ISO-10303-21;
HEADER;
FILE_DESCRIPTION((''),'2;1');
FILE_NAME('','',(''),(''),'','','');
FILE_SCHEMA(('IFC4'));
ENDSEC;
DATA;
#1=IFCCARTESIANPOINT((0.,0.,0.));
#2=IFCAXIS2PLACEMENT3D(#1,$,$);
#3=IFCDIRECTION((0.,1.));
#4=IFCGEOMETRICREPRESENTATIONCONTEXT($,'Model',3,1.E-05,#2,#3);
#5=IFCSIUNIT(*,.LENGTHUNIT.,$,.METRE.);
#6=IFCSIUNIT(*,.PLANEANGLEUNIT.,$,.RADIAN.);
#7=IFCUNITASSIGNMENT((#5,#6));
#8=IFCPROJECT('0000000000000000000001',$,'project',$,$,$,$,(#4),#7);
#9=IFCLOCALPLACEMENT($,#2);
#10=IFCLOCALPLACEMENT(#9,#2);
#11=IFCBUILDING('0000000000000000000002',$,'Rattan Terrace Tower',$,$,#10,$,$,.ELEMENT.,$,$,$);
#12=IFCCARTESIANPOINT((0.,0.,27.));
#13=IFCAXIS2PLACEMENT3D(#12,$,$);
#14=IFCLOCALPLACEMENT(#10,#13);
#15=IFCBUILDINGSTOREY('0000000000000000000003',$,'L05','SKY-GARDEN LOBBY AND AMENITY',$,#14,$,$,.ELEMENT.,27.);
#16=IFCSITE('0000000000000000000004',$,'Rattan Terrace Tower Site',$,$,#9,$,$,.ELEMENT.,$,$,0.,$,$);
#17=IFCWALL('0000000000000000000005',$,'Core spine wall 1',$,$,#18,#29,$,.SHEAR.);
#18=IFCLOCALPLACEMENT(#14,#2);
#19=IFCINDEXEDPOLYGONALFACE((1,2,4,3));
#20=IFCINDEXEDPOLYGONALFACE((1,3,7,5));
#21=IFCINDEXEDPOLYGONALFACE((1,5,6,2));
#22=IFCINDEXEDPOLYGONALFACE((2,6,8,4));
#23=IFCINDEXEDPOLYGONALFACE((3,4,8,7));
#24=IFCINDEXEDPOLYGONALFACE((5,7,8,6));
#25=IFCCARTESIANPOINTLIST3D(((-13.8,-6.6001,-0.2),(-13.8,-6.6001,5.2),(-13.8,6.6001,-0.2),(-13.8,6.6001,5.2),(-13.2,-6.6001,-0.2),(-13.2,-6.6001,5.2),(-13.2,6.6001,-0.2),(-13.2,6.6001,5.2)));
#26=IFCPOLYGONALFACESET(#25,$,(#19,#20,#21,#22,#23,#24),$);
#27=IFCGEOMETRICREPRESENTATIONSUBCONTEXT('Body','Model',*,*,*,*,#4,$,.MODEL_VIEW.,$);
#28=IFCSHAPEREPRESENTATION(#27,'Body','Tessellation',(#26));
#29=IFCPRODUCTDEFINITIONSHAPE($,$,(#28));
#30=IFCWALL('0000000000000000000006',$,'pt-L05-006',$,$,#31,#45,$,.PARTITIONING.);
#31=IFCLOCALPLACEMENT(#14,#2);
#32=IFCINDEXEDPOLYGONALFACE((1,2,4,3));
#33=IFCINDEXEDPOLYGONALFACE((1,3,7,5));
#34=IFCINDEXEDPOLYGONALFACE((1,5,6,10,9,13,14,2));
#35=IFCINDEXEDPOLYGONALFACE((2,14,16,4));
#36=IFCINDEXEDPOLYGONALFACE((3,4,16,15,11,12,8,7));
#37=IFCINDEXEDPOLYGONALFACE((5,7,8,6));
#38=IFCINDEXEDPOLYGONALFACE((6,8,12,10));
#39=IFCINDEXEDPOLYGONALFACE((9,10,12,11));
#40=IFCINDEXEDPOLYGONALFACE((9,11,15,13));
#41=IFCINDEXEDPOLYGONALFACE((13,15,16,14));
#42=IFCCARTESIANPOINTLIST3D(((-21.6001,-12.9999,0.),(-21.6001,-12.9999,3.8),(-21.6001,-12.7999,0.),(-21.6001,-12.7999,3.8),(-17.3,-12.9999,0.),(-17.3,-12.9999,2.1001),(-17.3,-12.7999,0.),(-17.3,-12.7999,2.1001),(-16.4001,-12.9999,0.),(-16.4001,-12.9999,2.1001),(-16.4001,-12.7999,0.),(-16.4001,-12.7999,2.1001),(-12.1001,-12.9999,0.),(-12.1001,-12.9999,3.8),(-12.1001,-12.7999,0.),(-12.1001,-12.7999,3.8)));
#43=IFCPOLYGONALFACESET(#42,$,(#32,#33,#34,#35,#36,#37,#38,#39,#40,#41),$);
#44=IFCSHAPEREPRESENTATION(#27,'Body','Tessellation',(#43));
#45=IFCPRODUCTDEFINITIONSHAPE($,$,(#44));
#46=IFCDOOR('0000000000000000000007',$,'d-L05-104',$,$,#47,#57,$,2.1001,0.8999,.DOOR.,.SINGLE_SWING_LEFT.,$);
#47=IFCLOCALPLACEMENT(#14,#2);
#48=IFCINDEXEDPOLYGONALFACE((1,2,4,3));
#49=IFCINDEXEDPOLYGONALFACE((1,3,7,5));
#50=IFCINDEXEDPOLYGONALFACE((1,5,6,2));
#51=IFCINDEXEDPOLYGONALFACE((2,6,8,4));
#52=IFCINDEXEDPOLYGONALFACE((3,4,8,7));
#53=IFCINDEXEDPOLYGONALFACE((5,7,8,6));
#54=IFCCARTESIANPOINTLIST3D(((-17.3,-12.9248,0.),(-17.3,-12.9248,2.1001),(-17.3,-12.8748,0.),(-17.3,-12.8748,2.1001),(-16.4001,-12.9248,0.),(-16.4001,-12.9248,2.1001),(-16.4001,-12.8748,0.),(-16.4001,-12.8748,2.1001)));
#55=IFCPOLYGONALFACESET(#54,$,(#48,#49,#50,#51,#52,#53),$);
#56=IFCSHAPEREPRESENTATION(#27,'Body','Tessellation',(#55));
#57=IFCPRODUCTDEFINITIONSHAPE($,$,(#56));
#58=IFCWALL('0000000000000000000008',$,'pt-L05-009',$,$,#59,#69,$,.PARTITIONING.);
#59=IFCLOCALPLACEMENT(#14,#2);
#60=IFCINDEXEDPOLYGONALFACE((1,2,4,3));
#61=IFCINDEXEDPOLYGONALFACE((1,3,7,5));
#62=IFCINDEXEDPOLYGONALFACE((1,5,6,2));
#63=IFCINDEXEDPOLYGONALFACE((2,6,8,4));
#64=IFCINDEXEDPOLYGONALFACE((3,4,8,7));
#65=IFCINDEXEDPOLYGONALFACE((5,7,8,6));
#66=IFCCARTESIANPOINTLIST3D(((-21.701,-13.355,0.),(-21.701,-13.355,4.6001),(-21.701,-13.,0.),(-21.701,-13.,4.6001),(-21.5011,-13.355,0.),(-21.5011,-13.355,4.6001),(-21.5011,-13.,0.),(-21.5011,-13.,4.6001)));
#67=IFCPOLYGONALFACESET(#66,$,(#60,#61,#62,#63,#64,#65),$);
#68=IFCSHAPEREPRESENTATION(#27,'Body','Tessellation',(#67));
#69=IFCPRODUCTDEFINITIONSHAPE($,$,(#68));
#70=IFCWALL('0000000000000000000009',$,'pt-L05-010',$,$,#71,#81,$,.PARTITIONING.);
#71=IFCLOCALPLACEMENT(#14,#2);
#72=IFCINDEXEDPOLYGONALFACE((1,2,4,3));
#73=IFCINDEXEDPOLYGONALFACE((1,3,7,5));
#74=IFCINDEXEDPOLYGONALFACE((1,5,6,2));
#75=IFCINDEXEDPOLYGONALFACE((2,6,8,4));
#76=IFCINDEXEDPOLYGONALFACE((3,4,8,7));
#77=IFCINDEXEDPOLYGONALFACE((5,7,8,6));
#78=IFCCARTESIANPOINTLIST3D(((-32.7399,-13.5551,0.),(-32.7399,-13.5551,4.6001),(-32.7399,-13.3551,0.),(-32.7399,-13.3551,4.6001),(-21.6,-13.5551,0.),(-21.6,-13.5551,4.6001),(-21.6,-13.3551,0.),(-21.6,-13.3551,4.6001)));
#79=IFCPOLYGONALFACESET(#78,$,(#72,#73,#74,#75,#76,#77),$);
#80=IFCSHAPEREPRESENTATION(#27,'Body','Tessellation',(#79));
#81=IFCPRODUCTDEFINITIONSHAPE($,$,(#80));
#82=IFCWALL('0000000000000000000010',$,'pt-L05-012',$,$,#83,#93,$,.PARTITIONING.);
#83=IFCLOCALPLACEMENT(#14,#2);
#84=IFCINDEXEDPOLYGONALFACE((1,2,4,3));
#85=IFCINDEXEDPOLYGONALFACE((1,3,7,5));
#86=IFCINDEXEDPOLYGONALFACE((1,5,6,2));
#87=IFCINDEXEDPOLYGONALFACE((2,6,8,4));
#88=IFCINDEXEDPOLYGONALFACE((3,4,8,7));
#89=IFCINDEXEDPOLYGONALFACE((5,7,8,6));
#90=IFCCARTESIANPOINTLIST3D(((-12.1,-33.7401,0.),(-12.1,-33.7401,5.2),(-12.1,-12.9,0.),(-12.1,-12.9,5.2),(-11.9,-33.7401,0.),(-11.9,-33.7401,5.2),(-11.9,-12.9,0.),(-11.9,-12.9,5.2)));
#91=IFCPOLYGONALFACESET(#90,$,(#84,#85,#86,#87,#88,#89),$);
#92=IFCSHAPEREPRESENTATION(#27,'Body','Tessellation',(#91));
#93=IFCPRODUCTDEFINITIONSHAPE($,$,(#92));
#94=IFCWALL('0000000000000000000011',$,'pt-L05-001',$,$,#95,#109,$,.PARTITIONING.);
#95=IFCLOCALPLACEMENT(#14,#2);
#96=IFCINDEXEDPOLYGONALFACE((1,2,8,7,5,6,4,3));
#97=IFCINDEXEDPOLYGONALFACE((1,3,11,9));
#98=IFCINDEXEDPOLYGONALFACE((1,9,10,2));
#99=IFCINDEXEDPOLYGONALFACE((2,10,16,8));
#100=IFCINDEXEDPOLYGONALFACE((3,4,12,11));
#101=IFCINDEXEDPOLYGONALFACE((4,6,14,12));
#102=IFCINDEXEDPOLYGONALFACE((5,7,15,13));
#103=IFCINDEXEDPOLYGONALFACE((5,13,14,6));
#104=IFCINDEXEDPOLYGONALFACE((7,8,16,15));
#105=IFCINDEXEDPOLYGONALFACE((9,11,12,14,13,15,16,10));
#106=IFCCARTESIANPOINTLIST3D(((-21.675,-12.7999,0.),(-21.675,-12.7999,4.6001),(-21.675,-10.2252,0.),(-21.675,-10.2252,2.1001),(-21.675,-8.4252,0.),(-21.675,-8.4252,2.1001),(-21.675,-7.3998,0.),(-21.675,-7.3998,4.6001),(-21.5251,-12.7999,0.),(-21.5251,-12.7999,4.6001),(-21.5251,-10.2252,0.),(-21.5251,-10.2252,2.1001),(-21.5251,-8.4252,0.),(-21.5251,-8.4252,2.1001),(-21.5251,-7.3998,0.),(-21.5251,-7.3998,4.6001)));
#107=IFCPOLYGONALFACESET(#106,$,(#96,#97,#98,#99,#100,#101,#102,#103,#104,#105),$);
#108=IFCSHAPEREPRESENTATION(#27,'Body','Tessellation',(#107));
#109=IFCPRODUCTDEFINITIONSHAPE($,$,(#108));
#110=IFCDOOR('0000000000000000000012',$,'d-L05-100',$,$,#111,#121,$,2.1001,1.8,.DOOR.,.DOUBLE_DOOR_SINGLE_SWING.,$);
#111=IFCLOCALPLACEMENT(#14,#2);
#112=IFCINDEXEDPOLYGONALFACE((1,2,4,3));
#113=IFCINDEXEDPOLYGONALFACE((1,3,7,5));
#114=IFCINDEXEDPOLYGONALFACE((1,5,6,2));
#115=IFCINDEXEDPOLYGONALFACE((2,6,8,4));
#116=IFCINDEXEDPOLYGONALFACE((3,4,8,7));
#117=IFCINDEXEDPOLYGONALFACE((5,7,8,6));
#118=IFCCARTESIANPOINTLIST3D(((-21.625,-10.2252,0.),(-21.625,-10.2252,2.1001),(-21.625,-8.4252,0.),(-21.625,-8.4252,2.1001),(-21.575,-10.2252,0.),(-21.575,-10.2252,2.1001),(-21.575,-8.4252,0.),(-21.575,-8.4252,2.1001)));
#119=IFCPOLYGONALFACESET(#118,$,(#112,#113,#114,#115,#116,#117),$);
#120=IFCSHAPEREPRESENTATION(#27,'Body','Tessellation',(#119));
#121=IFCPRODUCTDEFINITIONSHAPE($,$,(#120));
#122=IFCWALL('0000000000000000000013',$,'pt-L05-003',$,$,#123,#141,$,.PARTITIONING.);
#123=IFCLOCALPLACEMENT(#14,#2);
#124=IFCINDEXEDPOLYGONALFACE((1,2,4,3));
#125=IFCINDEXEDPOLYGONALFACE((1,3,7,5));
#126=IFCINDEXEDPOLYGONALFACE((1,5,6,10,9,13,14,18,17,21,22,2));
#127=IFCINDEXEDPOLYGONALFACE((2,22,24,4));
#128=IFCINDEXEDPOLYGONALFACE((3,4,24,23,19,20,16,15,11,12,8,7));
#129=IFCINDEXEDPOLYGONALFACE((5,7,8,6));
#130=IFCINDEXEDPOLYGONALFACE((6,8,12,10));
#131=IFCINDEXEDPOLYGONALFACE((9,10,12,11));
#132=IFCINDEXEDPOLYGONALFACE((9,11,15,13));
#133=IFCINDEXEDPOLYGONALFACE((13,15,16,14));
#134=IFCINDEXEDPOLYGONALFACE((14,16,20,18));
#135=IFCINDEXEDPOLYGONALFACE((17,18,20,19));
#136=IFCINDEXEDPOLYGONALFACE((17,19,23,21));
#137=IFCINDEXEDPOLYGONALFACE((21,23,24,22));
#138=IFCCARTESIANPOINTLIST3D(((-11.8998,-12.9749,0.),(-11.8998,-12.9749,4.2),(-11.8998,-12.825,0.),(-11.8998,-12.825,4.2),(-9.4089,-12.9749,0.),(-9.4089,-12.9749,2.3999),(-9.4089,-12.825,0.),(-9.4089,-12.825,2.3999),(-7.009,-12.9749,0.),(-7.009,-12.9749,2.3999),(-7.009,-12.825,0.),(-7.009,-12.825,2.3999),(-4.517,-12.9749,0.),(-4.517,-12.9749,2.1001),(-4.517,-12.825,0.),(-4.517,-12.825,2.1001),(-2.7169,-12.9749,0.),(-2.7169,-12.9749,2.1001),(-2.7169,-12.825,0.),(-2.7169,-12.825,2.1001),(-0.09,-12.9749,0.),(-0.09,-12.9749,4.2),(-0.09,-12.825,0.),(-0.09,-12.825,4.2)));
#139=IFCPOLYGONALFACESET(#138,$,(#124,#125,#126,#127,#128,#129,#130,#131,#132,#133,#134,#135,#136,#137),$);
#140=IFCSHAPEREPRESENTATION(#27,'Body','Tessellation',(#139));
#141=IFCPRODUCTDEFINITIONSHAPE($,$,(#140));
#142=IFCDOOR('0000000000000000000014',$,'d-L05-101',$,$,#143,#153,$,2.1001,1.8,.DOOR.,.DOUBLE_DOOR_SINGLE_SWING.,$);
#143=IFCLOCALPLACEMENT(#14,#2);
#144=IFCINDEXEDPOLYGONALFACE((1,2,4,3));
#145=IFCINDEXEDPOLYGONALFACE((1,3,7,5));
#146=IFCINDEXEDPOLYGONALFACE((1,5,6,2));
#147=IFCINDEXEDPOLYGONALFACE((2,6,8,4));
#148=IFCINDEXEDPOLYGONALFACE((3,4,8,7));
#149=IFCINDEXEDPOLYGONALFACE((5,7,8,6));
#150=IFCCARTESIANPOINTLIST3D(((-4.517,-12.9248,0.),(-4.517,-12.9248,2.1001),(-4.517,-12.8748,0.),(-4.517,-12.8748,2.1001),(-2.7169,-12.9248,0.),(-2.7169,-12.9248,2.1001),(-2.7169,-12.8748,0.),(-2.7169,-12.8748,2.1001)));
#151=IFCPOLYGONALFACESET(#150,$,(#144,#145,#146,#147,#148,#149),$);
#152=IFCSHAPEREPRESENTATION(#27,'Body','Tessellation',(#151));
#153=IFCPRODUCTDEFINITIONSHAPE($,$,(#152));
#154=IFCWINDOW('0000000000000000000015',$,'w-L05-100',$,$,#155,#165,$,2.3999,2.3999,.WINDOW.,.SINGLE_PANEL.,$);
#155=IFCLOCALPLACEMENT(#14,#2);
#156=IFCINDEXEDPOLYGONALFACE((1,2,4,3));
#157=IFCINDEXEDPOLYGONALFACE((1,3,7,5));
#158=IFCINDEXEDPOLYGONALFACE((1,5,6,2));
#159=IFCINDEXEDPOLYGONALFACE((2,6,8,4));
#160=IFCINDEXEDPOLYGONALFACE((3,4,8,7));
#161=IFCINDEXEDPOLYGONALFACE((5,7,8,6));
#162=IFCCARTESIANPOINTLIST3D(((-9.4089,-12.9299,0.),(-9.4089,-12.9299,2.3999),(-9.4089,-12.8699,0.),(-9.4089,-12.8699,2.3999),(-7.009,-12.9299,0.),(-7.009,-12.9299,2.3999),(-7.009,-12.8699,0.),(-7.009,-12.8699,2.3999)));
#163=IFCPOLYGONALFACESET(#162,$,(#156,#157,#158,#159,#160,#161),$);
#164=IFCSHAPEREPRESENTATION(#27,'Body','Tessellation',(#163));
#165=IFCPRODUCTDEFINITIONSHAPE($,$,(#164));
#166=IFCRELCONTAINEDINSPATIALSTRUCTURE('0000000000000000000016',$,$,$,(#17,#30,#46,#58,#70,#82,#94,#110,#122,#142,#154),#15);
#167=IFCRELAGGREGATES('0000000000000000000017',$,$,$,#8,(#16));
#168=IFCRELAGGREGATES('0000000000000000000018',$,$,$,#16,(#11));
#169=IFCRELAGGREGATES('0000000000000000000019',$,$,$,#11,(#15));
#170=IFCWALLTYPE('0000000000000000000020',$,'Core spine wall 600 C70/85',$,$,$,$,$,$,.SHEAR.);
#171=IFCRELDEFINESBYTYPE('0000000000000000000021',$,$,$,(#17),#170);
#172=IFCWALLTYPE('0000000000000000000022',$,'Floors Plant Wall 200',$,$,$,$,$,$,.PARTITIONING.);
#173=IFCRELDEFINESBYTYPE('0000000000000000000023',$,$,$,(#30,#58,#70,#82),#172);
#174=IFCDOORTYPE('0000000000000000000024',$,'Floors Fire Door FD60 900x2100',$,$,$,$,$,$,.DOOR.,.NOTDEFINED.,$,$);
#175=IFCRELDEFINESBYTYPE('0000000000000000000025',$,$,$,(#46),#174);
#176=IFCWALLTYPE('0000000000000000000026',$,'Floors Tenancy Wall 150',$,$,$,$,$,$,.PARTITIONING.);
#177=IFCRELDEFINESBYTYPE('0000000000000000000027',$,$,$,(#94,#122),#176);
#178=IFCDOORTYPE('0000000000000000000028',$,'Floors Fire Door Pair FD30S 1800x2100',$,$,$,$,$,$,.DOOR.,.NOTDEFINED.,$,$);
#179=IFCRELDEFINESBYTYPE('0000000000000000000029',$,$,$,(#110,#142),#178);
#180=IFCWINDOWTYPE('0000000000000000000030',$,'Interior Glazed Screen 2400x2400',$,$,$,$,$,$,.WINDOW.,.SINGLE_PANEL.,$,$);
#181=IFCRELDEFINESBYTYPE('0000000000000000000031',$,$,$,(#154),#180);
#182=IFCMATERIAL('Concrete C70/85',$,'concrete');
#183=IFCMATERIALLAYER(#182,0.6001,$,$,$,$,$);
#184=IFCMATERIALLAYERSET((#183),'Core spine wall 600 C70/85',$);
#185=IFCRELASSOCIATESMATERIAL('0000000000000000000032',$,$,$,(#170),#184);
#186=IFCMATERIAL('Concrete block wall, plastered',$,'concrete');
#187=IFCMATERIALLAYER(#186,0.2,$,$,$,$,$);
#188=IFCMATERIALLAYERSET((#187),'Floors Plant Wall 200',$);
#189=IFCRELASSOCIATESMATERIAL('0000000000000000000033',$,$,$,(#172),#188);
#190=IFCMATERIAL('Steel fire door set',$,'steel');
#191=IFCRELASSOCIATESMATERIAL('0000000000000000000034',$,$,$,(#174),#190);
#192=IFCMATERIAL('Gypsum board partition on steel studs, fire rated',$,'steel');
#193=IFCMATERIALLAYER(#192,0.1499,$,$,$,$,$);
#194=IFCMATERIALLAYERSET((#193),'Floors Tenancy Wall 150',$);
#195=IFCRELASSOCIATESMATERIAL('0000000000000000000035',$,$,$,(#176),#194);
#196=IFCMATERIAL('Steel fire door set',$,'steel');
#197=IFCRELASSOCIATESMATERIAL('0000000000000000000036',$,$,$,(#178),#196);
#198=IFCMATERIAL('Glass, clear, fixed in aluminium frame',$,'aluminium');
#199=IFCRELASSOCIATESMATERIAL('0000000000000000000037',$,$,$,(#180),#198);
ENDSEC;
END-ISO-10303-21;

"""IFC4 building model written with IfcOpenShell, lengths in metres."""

from ifc_helpers import new_model, si_unit, direction, frame, frame_2d, origin, place, context, subcontext, project, spatial, rectangle, extrude, material, layer, layer_set, type_object, element, fill, save


model = new_model("IFC4")

# Units and contexts
model_context = context("Model", 3, precision=1e-05, world=origin(), true_north=direction((0.0, 1.0)))
body_context = subcontext(model_context, "Body", "Model", "MODEL_VIEW")
ifc_project = project(units=[si_unit("LENGTHUNIT", "METRE"), si_unit("PLANEANGLEUNIT", "RADIAN")], contexts=[model_context])

# Site, building, storey
site_placement = place(None, origin())
site = spatial("IfcSite", under=ifc_project, at=site_placement, Name="Rattan Terrace Tower Site", CompositionType="ELEMENT", RefElevation=0.0)
building_placement = place(site_placement, origin())
building = spatial("IfcBuilding", under=site, at=building_placement, Name="Rattan Terrace Tower", CompositionType="ELEMENT")
storey_placement = place(building_placement, frame((0.0, 0.0, 27.0)))
storey = spatial("IfcBuildingStorey", under=building, at=storey_placement, Name="L05", Description="SKY-GARDEN LOBBY AND AMENITY", CompositionType="ELEMENT", Elevation=27.0)

# Wall
ifc_material_1 = material(Name="Concrete C70/85", Category="concrete")
ifc_layer_1 = layer(ifc_material_1, 0.6001)
ifc_layer_set_1 = layer_set([ifc_layer_1], Name="Core spine wall 600 C70/85")
wall_type_1 = type_object("IfcWallType", Name="Core spine wall 600 C70/85", PredefinedType="SHEAR", material=ifc_layer_set_1)
wall_1_placement = place(storey_placement, frame((-13.5, -6.6001, -0.2), z_axis=(0.0, 0.0, 1.0), x_axis=(0.0, 1.0, 0.0)))
element("IfcWall", 1, at=wall_1_placement, inside=storey, type_object=wall_type_1, Name="Core spine wall 1", PredefinedType="SHEAR", context=body_context, shape_type="SweptSolid", body=[
    extrude(rectangle(XDim=13.2002, YDim=0.6001, at=frame_2d((6.6001, 0.0))), origin(), (0.0, 0.0, 1.0), 5.3999),
])

# Wall, opening, door
ifc_material_2 = material(Name="Concrete block wall, plastered", Category="concrete")
ifc_layer_2 = layer(ifc_material_2, 0.2)
ifc_layer_set_2 = layer_set([ifc_layer_2], Name="Floors Plant Wall 200")
wall_type_2 = type_object("IfcWallType", Name="Floors Plant Wall 200", PredefinedType="PARTITIONING", material=ifc_layer_set_2)
wall_2_placement = place(storey_placement, frame((-12.1001, -12.8999, 0.0), z_axis=(0.0, 0.0, 1.0), x_axis=(-1.0, 0.0, 0.0)))
wall_2 = element("IfcWall", 2, at=wall_2_placement, inside=storey, type_object=wall_type_2, Name="pt-L05-006", PredefinedType="PARTITIONING", context=body_context, shape_type="SweptSolid", body=[
    extrude(rectangle(XDim=9.5, YDim=0.2, at=frame_2d((4.75, 0.0))), origin(), (0.0, 0.0, 1.0), 3.8),
])
opening_1_placement = place(wall_2_placement, frame((4.3, 0.0, 0.0)))
opening_1 = element("IfcOpeningElement", 3, at=opening_1_placement, cuts=wall_2, PredefinedType="OPENING", context=body_context, shape_type="SweptSolid", body=[
    extrude(rectangle(XDim=0.8999, YDim=2.1001, at=frame_2d((0.45, 1.05))), frame((0.0, 0.1106, 0.0), z_axis=(0.0, -1.0, 0.0), x_axis=(1.0, 0.0, 0.0)), (0.0, 0.0, 1.0), 0.2209),
])
ifc_material_3 = material(Name="Steel fire door set", Category="steel")
door_type_1 = type_object("IfcDoorType", Name="Floors Fire Door FD60 900x2100", OperationType="NOTDEFINED", PredefinedType="DOOR", material=ifc_material_3)
door_1_placement = place(opening_1_placement, origin())
door_1 = element("IfcDoor", 4, at=door_1_placement, inside=storey, type_object=door_type_1, Name="d-L05-104", OperationType="SINGLE_SWING_LEFT", OverallHeight=2.1001, OverallWidth=0.8999, PredefinedType="DOOR", context=body_context, shape_type="SweptSolid", body=[
    extrude(rectangle(XDim=0.8999, YDim=2.1001, at=frame_2d((0.45, 1.05))), frame((0.0, 0.0249, 0.0), z_axis=(0.0, -1.0, 0.0), x_axis=(1.0, 0.0, 0.0)), (0.0, 0.0, 1.0), 0.05),
])
fill(opening_1, door_1)

# Walls
wall_3_placement = place(storey_placement, frame((-21.6011, -13.0, 0.0), z_axis=(0.0, 0.0, 1.0), x_axis=(0.0, -1.0, 0.0)))
element("IfcWall", 5, at=wall_3_placement, inside=storey, type_object=wall_type_2, Name="pt-L05-009", PredefinedType="PARTITIONING", context=body_context, shape_type="SweptSolid", body=[
    extrude(rectangle(XDim=0.355, YDim=0.2, at=frame_2d((0.1775, 0.0))), origin(), (0.0, 0.0, 1.0), 4.6001),
])
wall_4_placement = place(storey_placement, frame((-21.6001, -13.4551, 0.0), z_axis=(0.0, 0.0, 1.0), x_axis=(-1.0, 0.0, 0.0)))
element("IfcWall", 6, at=wall_4_placement, inside=storey, type_object=wall_type_2, Name="pt-L05-010", PredefinedType="PARTITIONING", context=body_context, shape_type="SweptSolid", body=[
    extrude(rectangle(XDim=11.1399, YDim=0.2, at=frame_2d((5.5698, 0.0))), origin(), (0.0, 0.0, 1.0), 4.6001),
])
wall_5_placement = place(storey_placement, frame((-12.0, -33.74, 0.0), z_axis=(0.0, 0.0, 1.0), x_axis=(0.0, 1.0, 0.0)))
element("IfcWall", 7, at=wall_5_placement, inside=storey, type_object=wall_type_2, Name="pt-L05-012", PredefinedType="PARTITIONING", context=body_context, shape_type="SweptSolid", body=[
    extrude(rectangle(XDim=20.8401, YDim=0.2, at=frame_2d((10.4199, 0.0))), origin(), (0.0, 0.0, 1.0), 5.2),
])

# Wall, opening, door
ifc_material_4 = material(Name="Gypsum board partition on steel studs, fire rated", Category="steel")
ifc_layer_3 = layer(ifc_material_4, 0.1499)
ifc_layer_set_3 = layer_set([ifc_layer_3], Name="Floors Tenancy Wall 150")
wall_type_3 = type_object("IfcWallType", Name="Floors Tenancy Wall 150", PredefinedType="PARTITIONING", material=ifc_layer_set_3)
wall_6_placement = place(storey_placement, frame((-21.6001, -12.8, 0.0), z_axis=(0.0, 0.0, 1.0), x_axis=(0.0, 1.0, 0.0)))
wall_6 = element("IfcWall", 8, at=wall_6_placement, inside=storey, type_object=wall_type_3, Name="pt-L05-001", PredefinedType="PARTITIONING", context=body_context, shape_type="SweptSolid", body=[
    extrude(rectangle(XDim=5.4001, YDim=0.1499, at=frame_2d((2.7002, 0.0))), origin(), (0.0, 0.0, 1.0), 4.6001),
])
opening_2_placement = place(wall_6_placement, frame((2.575, 0.0, 0.0)))
opening_2 = element("IfcOpeningElement", 9, at=opening_2_placement, cuts=wall_6, PredefinedType="OPENING", context=body_context, shape_type="SweptSolid", body=[
    extrude(rectangle(XDim=1.8, YDim=2.1001, at=frame_2d((0.8999, 1.05))), frame((0.0, 0.0854, 0.0), z_axis=(0.0, -1.0, 0.0), x_axis=(1.0, 0.0, 0.0)), (0.0, 0.0, 1.0), 0.1709),
])
ifc_material_5 = material(Name="Steel fire door set", Category="steel")
door_type_2 = type_object("IfcDoorType", Name="Floors Fire Door Pair FD30S 1800x2100", OperationType="NOTDEFINED", PredefinedType="DOOR", material=ifc_material_5)
door_2_placement = place(opening_2_placement, origin())
door_2 = element("IfcDoor", 10, at=door_2_placement, inside=storey, type_object=door_type_2, Name="d-L05-100", OperationType="DOUBLE_DOOR_SINGLE_SWING", OverallHeight=2.1001, OverallWidth=1.8, PredefinedType="DOOR", context=body_context, shape_type="SweptSolid", body=[
    extrude(rectangle(XDim=1.8, YDim=2.1001, at=frame_2d((0.8999, 1.05))), frame((0.0, 0.0249, 0.0), z_axis=(0.0, -1.0, 0.0), x_axis=(1.0, 0.0, 0.0)), (0.0, 0.0, 1.0), 0.05),
])
fill(opening_2, door_2)

# Wall, openings, door, window
wall_7_placement = place(storey_placement, frame((-0.0901, -12.8999, 0.0), z_axis=(0.0, 0.0, 1.0), x_axis=(-1.0, 0.0, 0.0)))
wall_7 = element("IfcWall", 11, at=wall_7_placement, inside=storey, type_object=wall_type_3, Name="pt-L05-003", PredefinedType="PARTITIONING", context=body_context, shape_type="SweptSolid", body=[
    extrude(rectangle(XDim=11.8098, YDim=0.1499, at=frame_2d((5.9048, 0.0))), origin(), (0.0, 0.0, 1.0), 4.2),
])
opening_3_placement = place(wall_7_placement, frame((2.627, 0.0, 0.0)))
opening_3 = element("IfcOpeningElement", 12, at=opening_3_placement, cuts=wall_7, PredefinedType="OPENING", context=body_context, shape_type="SweptSolid", body=[
    extrude(rectangle(XDim=1.8, YDim=2.1001, at=frame_2d((0.8999, 1.05))), frame((0.0, 0.0854, 0.0), z_axis=(0.0, -1.0, 0.0), x_axis=(1.0, 0.0, 0.0)), (0.0, 0.0, 1.0), 0.1709),
])
opening_4_placement = place(wall_7_placement, frame((6.9189, 0.0, 0.0)))
opening_4 = element("IfcOpeningElement", 13, at=opening_4_placement, cuts=wall_7, PredefinedType="OPENING", context=body_context, shape_type="SweptSolid", body=[
    extrude(rectangle(XDim=2.3999, YDim=2.3999, at=frame_2d((1.2, 1.2))), frame((0.0, 0.0854, 0.0), z_axis=(0.0, -1.0, 0.0), x_axis=(1.0, 0.0, 0.0)), (0.0, 0.0, 1.0), 0.1709),
])
door_3_placement = place(opening_3_placement, origin())
door_3 = element("IfcDoor", 14, at=door_3_placement, inside=storey, type_object=door_type_2, Name="d-L05-101", OperationType="DOUBLE_DOOR_SINGLE_SWING", OverallHeight=2.1001, OverallWidth=1.8, PredefinedType="DOOR", context=body_context, shape_type="SweptSolid", body=[
    extrude(rectangle(XDim=1.8, YDim=2.1001, at=frame_2d((0.8999, 1.05))), frame((0.0, 0.0249, 0.0), z_axis=(0.0, -1.0, 0.0), x_axis=(1.0, 0.0, 0.0)), (0.0, 0.0, 1.0), 0.05),
])
fill(opening_3, door_3)
ifc_material_6 = material(Name="Glass, clear, fixed in aluminium frame", Category="aluminium")
window_type = type_object("IfcWindowType", Name="Interior Glazed Screen 2400x2400", PartitioningType="SINGLE_PANEL", PredefinedType="WINDOW", material=ifc_material_6)
window_placement = place(opening_4_placement, origin())
window = element("IfcWindow", 15, at=window_placement, inside=storey, type_object=window_type, Name="w-L05-100", OverallHeight=2.3999, OverallWidth=2.3999, PartitioningType="SINGLE_PANEL", PredefinedType="WINDOW", context=body_context, shape_type="SweptSolid", body=[
    extrude(rectangle(XDim=2.3999, YDim=2.3999, at=frame_2d((1.2, 1.2))), frame((0.0, 0.03, 0.0), z_axis=(0.0, -1.0, 0.0), x_axis=(1.0, 0.0, 0.0)), (0.0, 0.0, 1.0), 0.0601),
])
fill(opening_4, window)

save(model, "model.ifc")
